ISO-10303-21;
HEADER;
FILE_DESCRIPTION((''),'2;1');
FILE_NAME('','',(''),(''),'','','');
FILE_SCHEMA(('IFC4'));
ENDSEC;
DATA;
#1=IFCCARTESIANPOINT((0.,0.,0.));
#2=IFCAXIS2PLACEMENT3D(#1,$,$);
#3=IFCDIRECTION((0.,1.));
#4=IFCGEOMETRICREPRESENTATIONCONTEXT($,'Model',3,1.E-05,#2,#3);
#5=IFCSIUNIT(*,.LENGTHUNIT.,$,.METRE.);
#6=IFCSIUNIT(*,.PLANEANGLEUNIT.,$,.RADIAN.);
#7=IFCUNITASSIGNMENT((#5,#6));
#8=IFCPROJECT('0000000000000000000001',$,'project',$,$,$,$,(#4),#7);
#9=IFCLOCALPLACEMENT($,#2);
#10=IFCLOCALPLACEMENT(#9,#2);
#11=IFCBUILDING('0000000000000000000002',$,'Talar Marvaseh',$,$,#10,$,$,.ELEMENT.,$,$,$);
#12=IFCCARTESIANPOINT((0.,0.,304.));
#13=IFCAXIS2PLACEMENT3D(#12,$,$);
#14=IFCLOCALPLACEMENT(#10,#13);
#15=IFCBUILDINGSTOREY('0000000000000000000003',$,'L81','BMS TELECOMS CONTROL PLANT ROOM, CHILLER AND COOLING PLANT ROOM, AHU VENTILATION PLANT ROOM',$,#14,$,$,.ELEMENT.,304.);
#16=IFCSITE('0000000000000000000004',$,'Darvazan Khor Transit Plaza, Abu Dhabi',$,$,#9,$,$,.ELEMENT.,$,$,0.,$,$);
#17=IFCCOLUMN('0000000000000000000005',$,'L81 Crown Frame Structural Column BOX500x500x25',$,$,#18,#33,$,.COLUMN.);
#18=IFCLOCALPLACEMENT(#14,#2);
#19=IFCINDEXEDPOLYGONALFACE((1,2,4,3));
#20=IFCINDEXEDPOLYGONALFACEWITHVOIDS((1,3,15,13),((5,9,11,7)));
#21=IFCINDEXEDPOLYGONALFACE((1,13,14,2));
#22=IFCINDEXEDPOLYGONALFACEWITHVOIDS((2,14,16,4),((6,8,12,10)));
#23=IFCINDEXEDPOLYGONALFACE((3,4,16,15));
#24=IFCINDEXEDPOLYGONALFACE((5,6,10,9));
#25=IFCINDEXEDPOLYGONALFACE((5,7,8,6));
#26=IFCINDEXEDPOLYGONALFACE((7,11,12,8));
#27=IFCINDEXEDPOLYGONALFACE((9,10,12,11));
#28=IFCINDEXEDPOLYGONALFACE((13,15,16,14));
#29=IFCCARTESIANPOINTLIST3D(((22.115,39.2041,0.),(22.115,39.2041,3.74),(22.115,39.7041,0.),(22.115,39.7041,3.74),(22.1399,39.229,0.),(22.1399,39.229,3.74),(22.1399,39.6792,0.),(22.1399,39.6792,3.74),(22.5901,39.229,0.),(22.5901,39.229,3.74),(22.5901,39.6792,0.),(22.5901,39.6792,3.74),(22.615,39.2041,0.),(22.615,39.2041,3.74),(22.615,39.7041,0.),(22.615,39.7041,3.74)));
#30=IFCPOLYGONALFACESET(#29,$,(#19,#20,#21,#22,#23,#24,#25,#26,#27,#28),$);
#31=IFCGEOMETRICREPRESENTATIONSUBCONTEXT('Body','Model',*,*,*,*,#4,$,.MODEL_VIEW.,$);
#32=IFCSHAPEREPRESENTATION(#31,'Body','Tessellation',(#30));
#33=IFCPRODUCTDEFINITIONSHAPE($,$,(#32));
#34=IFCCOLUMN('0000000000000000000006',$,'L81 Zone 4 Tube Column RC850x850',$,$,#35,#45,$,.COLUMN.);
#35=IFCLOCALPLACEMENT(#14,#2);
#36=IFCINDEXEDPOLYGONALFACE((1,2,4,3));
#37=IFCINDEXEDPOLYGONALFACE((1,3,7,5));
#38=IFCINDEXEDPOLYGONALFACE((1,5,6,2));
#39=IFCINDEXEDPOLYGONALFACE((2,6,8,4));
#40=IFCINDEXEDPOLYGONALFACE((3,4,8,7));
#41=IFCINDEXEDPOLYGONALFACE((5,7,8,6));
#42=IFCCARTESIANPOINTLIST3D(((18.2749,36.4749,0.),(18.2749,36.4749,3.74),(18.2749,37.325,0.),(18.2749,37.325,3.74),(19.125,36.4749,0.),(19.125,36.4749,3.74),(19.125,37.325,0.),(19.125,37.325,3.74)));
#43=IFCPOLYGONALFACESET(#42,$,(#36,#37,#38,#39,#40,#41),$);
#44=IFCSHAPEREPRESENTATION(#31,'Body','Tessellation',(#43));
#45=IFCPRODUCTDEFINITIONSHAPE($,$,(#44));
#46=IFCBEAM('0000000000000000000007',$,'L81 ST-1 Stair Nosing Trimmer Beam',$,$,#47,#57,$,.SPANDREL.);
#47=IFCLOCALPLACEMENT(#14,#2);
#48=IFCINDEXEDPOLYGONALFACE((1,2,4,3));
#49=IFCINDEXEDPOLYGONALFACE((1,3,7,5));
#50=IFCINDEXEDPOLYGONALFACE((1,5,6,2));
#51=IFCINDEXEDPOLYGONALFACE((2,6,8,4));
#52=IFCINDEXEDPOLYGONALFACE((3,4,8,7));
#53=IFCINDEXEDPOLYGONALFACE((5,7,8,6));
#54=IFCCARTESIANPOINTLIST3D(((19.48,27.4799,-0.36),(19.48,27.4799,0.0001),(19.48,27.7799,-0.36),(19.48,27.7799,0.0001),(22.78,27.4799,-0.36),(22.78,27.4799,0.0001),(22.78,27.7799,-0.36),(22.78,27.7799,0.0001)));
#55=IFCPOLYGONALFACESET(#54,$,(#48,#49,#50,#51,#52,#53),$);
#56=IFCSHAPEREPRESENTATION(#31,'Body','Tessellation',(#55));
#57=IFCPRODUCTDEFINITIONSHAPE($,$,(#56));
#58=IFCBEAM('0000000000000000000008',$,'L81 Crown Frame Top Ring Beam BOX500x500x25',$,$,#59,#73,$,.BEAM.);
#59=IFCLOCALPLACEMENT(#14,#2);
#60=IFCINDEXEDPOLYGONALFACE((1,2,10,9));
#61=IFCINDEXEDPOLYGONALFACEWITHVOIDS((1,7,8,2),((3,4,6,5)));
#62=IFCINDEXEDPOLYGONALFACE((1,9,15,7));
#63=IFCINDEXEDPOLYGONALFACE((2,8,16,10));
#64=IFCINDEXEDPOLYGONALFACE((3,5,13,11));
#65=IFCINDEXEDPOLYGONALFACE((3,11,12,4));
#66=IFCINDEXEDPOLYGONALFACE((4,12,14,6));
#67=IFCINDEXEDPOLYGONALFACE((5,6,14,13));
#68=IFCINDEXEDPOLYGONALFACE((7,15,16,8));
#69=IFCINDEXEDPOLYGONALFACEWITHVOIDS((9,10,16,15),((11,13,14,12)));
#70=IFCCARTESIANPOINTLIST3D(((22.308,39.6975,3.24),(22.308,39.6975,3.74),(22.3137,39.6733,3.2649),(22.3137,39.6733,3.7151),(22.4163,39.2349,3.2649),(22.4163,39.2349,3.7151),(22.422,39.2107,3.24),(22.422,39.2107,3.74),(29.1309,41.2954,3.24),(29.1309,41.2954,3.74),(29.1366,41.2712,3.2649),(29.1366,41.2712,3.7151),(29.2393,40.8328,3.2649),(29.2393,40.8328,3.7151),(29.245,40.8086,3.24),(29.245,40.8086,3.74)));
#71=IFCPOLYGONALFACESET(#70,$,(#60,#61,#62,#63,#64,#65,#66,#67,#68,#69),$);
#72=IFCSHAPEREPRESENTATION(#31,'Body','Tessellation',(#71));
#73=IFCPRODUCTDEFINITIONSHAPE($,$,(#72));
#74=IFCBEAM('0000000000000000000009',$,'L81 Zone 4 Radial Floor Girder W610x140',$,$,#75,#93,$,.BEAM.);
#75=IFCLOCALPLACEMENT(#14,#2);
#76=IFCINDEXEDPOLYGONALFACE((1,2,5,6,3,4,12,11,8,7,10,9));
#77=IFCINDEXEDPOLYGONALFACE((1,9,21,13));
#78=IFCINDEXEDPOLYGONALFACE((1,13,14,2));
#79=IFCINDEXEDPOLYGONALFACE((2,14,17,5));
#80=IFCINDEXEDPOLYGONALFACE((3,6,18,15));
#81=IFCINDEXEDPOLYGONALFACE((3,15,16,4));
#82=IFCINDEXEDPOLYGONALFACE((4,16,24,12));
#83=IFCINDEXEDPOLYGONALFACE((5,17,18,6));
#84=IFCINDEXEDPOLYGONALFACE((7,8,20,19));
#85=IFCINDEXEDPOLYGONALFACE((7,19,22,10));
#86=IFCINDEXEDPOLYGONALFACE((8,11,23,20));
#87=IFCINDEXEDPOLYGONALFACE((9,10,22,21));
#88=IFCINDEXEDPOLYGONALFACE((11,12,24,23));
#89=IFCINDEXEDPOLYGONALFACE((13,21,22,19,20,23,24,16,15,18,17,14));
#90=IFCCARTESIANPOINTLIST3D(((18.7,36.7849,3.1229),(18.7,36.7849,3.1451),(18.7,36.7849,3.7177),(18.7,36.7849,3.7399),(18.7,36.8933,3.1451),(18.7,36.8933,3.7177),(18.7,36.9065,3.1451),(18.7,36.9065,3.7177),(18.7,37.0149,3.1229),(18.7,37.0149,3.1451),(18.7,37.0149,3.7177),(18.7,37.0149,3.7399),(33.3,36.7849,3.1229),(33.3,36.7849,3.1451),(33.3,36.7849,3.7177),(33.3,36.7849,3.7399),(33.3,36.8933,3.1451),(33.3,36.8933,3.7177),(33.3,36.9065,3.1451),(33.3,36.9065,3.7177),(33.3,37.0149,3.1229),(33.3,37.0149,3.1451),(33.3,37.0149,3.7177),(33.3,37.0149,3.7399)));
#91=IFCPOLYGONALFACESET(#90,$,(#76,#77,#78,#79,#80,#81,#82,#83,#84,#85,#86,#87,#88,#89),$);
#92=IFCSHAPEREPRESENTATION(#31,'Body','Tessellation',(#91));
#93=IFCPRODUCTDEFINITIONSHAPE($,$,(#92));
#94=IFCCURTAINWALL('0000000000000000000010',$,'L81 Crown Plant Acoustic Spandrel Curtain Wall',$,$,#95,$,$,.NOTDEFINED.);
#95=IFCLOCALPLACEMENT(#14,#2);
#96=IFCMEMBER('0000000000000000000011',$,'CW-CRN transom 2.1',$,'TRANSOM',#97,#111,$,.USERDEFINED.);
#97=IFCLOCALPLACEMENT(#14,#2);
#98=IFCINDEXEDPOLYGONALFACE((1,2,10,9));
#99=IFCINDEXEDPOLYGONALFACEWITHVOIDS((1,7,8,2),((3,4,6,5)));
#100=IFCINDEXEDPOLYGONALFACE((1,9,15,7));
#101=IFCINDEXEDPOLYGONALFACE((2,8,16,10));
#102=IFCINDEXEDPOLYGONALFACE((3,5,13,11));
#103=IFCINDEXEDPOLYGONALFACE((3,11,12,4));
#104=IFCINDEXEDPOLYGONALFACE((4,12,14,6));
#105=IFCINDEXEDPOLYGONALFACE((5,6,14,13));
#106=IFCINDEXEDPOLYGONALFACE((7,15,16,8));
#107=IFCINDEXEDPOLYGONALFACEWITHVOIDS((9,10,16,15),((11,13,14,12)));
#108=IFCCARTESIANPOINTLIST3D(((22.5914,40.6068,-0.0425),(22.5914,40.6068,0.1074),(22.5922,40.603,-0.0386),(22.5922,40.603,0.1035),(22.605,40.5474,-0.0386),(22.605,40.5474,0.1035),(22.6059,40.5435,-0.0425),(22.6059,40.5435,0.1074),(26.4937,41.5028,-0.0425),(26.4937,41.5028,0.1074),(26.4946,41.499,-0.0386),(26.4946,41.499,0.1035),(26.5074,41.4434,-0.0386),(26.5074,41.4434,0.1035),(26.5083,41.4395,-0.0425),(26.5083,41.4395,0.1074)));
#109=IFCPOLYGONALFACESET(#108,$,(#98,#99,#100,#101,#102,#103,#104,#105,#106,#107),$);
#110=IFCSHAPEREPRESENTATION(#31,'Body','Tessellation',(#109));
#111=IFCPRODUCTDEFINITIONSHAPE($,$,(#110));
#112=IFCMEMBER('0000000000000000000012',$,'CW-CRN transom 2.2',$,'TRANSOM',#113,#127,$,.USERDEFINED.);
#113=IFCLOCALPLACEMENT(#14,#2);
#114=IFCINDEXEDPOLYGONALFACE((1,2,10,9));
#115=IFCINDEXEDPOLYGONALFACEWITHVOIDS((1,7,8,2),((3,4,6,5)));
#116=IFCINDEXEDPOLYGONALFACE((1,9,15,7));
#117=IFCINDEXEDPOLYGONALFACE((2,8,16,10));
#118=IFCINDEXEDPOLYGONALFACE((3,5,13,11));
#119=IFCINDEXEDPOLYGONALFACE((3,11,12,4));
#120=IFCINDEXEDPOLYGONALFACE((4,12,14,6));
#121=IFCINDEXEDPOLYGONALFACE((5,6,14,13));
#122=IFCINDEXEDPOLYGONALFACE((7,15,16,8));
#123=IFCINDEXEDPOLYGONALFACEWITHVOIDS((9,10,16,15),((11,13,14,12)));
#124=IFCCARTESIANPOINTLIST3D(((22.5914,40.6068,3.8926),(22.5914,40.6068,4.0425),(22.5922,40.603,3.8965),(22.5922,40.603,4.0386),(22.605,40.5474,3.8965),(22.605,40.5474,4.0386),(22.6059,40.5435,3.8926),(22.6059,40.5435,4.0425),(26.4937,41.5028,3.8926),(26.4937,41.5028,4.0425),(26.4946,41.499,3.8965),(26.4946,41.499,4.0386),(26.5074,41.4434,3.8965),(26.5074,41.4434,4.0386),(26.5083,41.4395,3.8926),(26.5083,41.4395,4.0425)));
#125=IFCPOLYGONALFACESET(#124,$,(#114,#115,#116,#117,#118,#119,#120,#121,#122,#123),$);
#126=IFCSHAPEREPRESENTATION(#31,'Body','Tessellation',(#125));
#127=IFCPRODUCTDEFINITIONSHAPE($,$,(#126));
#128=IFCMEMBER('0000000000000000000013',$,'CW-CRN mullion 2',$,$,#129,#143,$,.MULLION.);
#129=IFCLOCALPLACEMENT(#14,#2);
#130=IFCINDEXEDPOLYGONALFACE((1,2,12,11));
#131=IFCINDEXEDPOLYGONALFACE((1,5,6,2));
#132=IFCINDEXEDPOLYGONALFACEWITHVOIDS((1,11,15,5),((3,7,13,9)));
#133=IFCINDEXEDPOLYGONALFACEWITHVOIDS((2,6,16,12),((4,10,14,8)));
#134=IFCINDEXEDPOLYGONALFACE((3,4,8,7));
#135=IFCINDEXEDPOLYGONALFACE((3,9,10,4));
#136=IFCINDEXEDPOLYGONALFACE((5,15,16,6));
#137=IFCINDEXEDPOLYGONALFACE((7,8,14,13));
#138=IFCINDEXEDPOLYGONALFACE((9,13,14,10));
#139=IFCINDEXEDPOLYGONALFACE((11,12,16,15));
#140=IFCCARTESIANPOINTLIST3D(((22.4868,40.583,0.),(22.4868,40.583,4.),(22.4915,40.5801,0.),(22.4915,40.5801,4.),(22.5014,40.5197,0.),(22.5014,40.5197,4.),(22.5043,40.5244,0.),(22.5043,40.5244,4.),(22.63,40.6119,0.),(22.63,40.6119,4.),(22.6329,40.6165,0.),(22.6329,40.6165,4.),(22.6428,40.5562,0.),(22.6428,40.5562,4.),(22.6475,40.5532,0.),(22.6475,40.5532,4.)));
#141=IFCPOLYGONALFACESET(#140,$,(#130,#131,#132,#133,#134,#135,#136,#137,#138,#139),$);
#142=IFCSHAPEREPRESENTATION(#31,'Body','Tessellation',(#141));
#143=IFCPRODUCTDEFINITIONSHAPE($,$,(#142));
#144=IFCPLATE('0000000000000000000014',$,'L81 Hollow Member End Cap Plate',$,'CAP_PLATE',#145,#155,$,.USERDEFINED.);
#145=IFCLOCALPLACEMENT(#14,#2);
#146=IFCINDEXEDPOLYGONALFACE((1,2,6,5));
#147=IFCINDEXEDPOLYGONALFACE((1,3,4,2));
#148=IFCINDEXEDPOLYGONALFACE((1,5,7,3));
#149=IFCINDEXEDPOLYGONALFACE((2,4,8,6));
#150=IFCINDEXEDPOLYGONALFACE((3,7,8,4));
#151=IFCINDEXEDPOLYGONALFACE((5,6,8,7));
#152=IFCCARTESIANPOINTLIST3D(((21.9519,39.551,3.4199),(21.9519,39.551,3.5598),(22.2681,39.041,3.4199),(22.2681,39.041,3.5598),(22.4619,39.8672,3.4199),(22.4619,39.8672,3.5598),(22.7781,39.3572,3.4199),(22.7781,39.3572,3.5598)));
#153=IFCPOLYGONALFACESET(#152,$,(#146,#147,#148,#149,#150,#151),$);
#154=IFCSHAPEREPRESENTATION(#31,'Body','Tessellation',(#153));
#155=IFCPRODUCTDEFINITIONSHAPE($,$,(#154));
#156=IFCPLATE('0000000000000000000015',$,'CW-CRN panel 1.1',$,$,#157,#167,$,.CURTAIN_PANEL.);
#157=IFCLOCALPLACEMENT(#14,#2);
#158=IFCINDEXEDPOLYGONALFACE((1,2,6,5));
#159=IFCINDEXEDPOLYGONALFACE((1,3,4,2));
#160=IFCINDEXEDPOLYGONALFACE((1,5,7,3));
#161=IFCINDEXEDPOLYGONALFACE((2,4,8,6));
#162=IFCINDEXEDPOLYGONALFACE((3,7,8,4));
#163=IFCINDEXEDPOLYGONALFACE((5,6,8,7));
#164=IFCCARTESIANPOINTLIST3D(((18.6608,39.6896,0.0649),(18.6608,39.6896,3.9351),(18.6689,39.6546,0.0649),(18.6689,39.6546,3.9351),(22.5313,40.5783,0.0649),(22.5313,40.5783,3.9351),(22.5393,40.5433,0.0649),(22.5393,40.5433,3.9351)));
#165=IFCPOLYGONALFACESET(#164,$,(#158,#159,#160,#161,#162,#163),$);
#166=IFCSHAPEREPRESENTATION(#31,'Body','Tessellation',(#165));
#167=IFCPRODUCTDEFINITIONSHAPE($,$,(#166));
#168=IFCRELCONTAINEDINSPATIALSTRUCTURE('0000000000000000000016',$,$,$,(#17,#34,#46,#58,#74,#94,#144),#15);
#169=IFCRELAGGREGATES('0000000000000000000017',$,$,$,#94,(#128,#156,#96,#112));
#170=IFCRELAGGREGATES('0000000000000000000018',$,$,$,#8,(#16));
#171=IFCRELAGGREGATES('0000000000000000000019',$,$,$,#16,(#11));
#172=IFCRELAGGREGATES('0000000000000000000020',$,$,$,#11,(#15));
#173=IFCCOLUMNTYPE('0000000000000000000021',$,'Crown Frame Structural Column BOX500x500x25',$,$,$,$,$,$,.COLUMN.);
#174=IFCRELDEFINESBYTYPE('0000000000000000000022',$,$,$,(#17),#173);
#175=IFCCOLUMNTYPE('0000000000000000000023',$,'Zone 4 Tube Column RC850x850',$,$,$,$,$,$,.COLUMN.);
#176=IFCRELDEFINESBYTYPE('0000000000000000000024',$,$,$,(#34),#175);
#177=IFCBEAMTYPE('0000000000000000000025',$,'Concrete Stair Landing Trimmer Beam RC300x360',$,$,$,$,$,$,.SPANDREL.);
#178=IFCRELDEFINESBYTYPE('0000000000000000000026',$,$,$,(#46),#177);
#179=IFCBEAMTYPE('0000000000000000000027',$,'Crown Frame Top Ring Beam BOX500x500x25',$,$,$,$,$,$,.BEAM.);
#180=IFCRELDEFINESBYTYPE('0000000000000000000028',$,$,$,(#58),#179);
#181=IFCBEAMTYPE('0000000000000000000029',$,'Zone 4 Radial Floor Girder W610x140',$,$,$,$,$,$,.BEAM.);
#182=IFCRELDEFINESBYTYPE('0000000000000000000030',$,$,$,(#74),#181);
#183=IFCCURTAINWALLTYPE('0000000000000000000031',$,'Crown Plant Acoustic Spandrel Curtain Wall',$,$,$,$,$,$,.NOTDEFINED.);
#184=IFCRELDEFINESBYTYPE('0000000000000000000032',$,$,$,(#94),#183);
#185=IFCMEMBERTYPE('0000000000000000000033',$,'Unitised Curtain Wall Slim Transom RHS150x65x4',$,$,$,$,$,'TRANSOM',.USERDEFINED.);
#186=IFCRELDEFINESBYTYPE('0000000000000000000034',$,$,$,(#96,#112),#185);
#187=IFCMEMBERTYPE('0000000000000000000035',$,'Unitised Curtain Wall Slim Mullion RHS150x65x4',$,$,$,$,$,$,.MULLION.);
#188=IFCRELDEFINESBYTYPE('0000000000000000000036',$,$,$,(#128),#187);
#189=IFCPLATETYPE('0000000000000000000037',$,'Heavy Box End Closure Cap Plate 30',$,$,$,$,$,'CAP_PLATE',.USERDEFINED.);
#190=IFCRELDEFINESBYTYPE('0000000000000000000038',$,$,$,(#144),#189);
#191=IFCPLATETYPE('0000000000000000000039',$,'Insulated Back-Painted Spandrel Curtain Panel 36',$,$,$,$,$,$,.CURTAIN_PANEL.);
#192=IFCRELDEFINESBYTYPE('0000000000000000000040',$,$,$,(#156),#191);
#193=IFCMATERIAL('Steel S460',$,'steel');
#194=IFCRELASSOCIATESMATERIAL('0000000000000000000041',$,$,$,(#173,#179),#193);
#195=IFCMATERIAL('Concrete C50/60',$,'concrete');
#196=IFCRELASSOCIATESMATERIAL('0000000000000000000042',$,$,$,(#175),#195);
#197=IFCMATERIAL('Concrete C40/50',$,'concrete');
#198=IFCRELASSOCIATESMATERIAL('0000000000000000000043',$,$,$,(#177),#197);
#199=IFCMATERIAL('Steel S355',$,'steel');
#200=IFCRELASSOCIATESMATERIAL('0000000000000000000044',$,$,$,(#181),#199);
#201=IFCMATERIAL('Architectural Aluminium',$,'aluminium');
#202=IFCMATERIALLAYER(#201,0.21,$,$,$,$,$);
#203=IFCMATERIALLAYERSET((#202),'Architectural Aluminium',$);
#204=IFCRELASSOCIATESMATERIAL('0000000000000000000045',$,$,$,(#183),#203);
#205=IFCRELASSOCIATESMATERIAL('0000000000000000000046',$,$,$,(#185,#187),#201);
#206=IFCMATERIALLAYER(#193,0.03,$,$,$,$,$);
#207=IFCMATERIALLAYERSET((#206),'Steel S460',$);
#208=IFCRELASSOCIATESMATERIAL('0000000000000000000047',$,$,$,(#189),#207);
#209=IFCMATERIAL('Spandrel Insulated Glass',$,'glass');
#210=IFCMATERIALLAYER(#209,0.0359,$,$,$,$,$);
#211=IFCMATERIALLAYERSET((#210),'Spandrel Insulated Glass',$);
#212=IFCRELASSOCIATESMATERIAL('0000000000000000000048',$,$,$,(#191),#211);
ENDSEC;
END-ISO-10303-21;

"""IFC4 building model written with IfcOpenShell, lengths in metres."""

from ifc_helpers import new_model, si_unit, direction, frame, origin, origin_2d, place, context, subcontext, project, spatial, rectangle, hollow_rectangle, i_section, extrude, source, transform, mapped, material, layer, layer_set, material_profile, profile_set, type_object, type_shapes, element, aggregate, save


model = new_model("IFC4")

# Units and contexts
model_context = context("Model", 3, precision=1e-05, world=origin(), true_north=direction((0.0, 1.0)))
body_context = subcontext(model_context, "Body", "Model", "MODEL_VIEW")
ifc_project = project(units=[si_unit("LENGTHUNIT", "METRE"), si_unit("PLANEANGLEUNIT", "RADIAN")], contexts=[model_context])

# Site, building, storey
site_placement = place(None, origin())
site = spatial("IfcSite", under=ifc_project, at=site_placement, Name="Darvazan Khor Transit Plaza, Abu Dhabi", CompositionType="ELEMENT", RefElevation=0.0)
building_placement = place(site_placement, origin())
building = spatial("IfcBuilding", under=site, at=building_placement, Name="Talar Marvaseh", CompositionType="ELEMENT")
storey_placement = place(building_placement, frame((0.0, 0.0, 304.0)))
storey = spatial("IfcBuildingStorey", under=building, at=storey_placement, Name="L81", Description="BMS TELECOMS CONTROL PLANT ROOM, CHILLER AND COOLING PLANT ROOM, AHU VENTILATION PLANT ROOM", CompositionType="ELEMENT", Elevation=304.0)

# Columns
ifc_material_1 = material(Name="Steel S460", Category="steel")
ifc_material_profile_1 = material_profile(ifc_material_1, hollow_rectangle(XDim=0.5, YDim=0.5, WallThickness=0.0249, at=origin_2d()), Name="BOX500x500x25")
ifc_profile_set_1 = profile_set([ifc_material_profile_1], Name="Steel S460")
column_type_1 = type_object("IfcColumnType", Name="Crown Frame Structural Column BOX500x500x25", PredefinedType="COLUMN", material=ifc_profile_set_1)
column_1_placement = place(storey_placement, frame((22.365, 39.4541, 0.0), z_axis=(0.0, 0.0, 1.0), x_axis=(1.0, 0.0, 0.0)))
element("IfcColumn", 1, at=column_1_placement, inside=storey, type_object=column_type_1, Name="L81 Crown Frame Structural Column BOX500x500x25", PredefinedType="COLUMN", context=body_context, shape_type="SweptSolid", body=[
    extrude(hollow_rectangle(XDim=0.5, YDim=0.5, WallThickness=0.0249, at=origin_2d()), origin(), (0.0, 0.0, 1.0), 3.74),
])
ifc_material_2 = material(Name="Concrete C50/60", Category="concrete")
ifc_material_profile_2 = material_profile(ifc_material_2, rectangle(XDim=0.8501, YDim=0.8501, at=origin_2d()), Name="RC850x850")
ifc_profile_set_2 = profile_set([ifc_material_profile_2], Name="Concrete C50/60")
column_type_2 = type_object("IfcColumnType", Name="Zone 4 Tube Column RC850x850", PredefinedType="COLUMN", material=ifc_profile_set_2)
column_2_placement = place(storey_placement, frame((18.7, 36.8999, 0.0), z_axis=(0.0, 0.0, 1.0), x_axis=(1.0, 0.0, 0.0)))
element("IfcColumn", 2, at=column_2_placement, inside=storey, type_object=column_type_2, Name="L81 Zone 4 Tube Column RC850x850", PredefinedType="COLUMN", context=body_context, shape_type="SweptSolid", body=[
    extrude(rectangle(XDim=0.8501, YDim=0.8501, at=origin_2d()), origin(), (0.0, 0.0, 1.0), 3.74),
])

# Beams
ifc_material_3 = material(Name="Concrete C40/50", Category="concrete")
ifc_material_profile_3 = material_profile(ifc_material_3, rectangle(XDim=0.3, YDim=0.3601, at=origin_2d()), Name="RC300x360")
ifc_profile_set_3 = profile_set([ifc_material_profile_3], Name="Concrete C40/50")
beam_type_1 = type_object("IfcBeamType", Name="Concrete Stair Landing Trimmer Beam RC300x360", PredefinedType="SPANDREL", material=ifc_profile_set_3)
beam_1_placement = place(storey_placement, frame((22.78, 27.6299, -0.1799), z_axis=(-1.0, 0.0, 0.0), x_axis=(0.0, -1.0, 0.0)))
element("IfcBeam", 3, at=beam_1_placement, inside=storey, type_object=beam_type_1, Name="L81 ST-1 Stair Nosing Trimmer Beam", PredefinedType="SPANDREL", context=body_context, shape_type="SweptSolid", body=[
    extrude(rectangle(XDim=0.3, YDim=0.3601, at=origin_2d()), origin(), (0.0, 0.0, 1.0), 3.3),
])
ifc_material_profile_4 = material_profile(ifc_material_1, hollow_rectangle(XDim=0.5, YDim=0.5, WallThickness=0.0249, at=origin_2d()), Name="BOX500x500x25")
ifc_profile_set_4 = profile_set([ifc_material_profile_4], Name="Steel S460")
beam_type_2 = type_object("IfcBeamType", Name="Crown Frame Top Ring Beam BOX500x500x25", PredefinedType="BEAM", material=ifc_profile_set_4)
beam_2_placement = place(storey_placement, frame((22.365, 39.4541, 3.49), z_axis=(0.973656, 0.228024, 0.0), x_axis=(-0.228024, 0.973656, 0.0)))
element("IfcBeam", 4, at=beam_2_placement, inside=storey, type_object=beam_type_2, Name="L81 Crown Frame Top Ring Beam BOX500x500x25", PredefinedType="BEAM", context=body_context, shape_type="SweptSolid", body=[
    extrude(hollow_rectangle(XDim=0.5, YDim=0.5, WallThickness=0.0249, at=origin_2d()), origin(), (0.0, 0.0, 1.0), 7.0076),
])
ifc_material_4 = material(Name="Steel S355", Category="steel")
ifc_material_profile_5 = material_profile(ifc_material_4, i_section(OverallWidth=0.23, OverallDepth=0.6169, WebThickness=0.0132, FlangeThickness=0.0222, at=origin_2d()), Name="W610x140")
ifc_profile_set_5 = profile_set([ifc_material_profile_5], Name="Steel S355")
beam_type_3 = type_object("IfcBeamType", Name="Zone 4 Radial Floor Girder W610x140", PredefinedType="BEAM", material=ifc_profile_set_5)
beam_3_placement = place(storey_placement, frame((18.7, 36.8999, 3.4314), z_axis=(1.0, 0.0, 0.0), x_axis=(0.0, 1.0, 0.0)))
element("IfcBeam", 5, at=beam_3_placement, inside=storey, type_object=beam_type_3, Name="L81 Zone 4 Radial Floor Girder W610x140", PredefinedType="BEAM", context=body_context, shape_type="SweptSolid", body=[
    extrude(i_section(OverallWidth=0.23, OverallDepth=0.6169, WebThickness=0.0132, FlangeThickness=0.0222, at=origin_2d()), origin(), (0.0, 0.0, 1.0), 14.6001),
])

# Curtain wall, members
ifc_material_5 = material(Name="Architectural Aluminium", Category="aluminium")
ifc_layer_1 = layer(ifc_material_5, 0.21)
ifc_layer_set_1 = layer_set([ifc_layer_1], Name="Architectural Aluminium")
curtain_wall_type = type_object("IfcCurtainWallType", Name="Crown Plant Acoustic Spandrel Curtain Wall", PredefinedType="NOTDEFINED", material=ifc_layer_set_1)
curtain_wall_placement = place(storey_placement, origin())
curtain_wall = element("IfcCurtainWall", 6, at=curtain_wall_placement, inside=storey, type_object=curtain_wall_type, Name="L81 Crown Plant Acoustic Spandrel Curtain Wall", PredefinedType="NOTDEFINED")
ifc_material_profile_6 = material_profile(ifc_material_5, hollow_rectangle(XDim=0.0649, YDim=0.1499, WallThickness=0.0039, at=origin_2d()), Name="RHS150x65x4")
ifc_profile_set_6 = profile_set([ifc_material_profile_6], Name="Architectural Aluminium")
member_type_1 = type_object("IfcMemberType", Name="Unitised Curtain Wall Slim Transom RHS150x65x4", ElementType="TRANSOM", PredefinedType="USERDEFINED", material=ifc_profile_set_6)
shared_shape_1 = source(origin(), body_context, "Body", "SweptSolid", [
    extrude(hollow_rectangle(XDim=0.0649, YDim=0.1499, WallThickness=0.0039, at=origin_2d()), origin(), (0.0, 0.0, 1.0), 4.0039),
])
type_shapes(member_type_1, [shared_shape_1])
member_1_placement = place(storey_placement, frame((22.5986, 40.5752, 0.0325), z_axis=(0.974639, 0.223782, 0.0), x_axis=(-0.223782, 0.974639, 0.0)))
member_1 = element("IfcMember", 7, at=member_1_placement, type_object=member_type_1, Name="CW-CRN transom 2.1", ObjectType="TRANSOM", PredefinedType="USERDEFINED", context=body_context, shape_type="MappedRepresentation", body=[
    mapped(shared_shape_1, transform((0.0, 0.0, 0.0), x_axis=(1.0, 0.0, 0.0), y_axis=(0.0, 1.0, 0.0), z_axis=(0.0, 0.0, 1.0), scale=1.0)),
])
member_2_placement = place(storey_placement, frame((22.5986, 40.5752, 3.9675), z_axis=(0.974639, 0.223782, 0.0), x_axis=(-0.223782, 0.974639, 0.0)))
member_2 = element("IfcMember", 8, at=member_2_placement, type_object=member_type_1, Name="CW-CRN transom 2.2", ObjectType="TRANSOM", PredefinedType="USERDEFINED", context=body_context, shape_type="MappedRepresentation", body=[
    mapped(shared_shape_1, transform((0.0, 0.0, 0.0), x_axis=(1.0, 0.0, 0.0), y_axis=(0.0, 1.0, 0.0), z_axis=(0.0, 0.0, 1.0), scale=1.0)),
])
ifc_material_profile_7 = material_profile(ifc_material_5, hollow_rectangle(XDim=0.0649, YDim=0.1499, WallThickness=0.0039, at=origin_2d()), Name="RHS150x65x4")
ifc_profile_set_7 = profile_set([ifc_material_profile_7], Name="Architectural Aluminium")
member_type_2 = type_object("IfcMemberType", Name="Unitised Curtain Wall Slim Mullion RHS150x65x4", PredefinedType="MULLION", material=ifc_profile_set_7)
shared_shape_2 = source(origin(), body_context, "Body", "SweptSolid", [
    extrude(hollow_rectangle(XDim=0.0649, YDim=0.1499, WallThickness=0.0039, at=origin_2d()), origin(), (0.0, 0.0, 1.0), 4.0),
])
type_shapes(member_type_2, [shared_shape_2])
member_3_placement = place(storey_placement, frame((22.5671, 40.5681, 0.0), z_axis=(0.0, 0.0, 1.0), x_axis=(-0.223792, 0.974637, 0.0)))
member_3 = element("IfcMember", 9, at=member_3_placement, type_object=member_type_2, Name="CW-CRN mullion 2", PredefinedType="MULLION", context=body_context, shape_type="MappedRepresentation", body=[
    mapped(shared_shape_2, transform((0.0, 0.0, 0.0), x_axis=(1.0, 0.0, 0.0), y_axis=(0.0, 1.0, 0.0), z_axis=(0.0, 0.0, 1.0), scale=1.0)),
])

# Plates
ifc_layer_2 = layer(ifc_material_1, 0.03)
ifc_layer_set_2 = layer_set([ifc_layer_2], Name="Steel S460")
plate_type_1 = type_object("IfcPlateType", Name="Heavy Box End Closure Cap Plate 30", ElementType="CAP_PLATE", PredefinedType="USERDEFINED", material=ifc_layer_set_2)
shared_shape_3 = source(origin(), body_context, "Body", "SweptSolid", [
    extrude(rectangle(XDim=0.6001, YDim=0.6001, at=origin_2d()), origin(), (0.0, 0.0, 1.0), 0.1399),
])
type_shapes(plate_type_1, [shared_shape_3])
plate_1_placement = place(storey_placement, frame((22.365, 39.4541, 3.4199), z_axis=(0.0, 0.0, 1.0), x_axis=(0.849893, 0.526956, 0.0)))
element("IfcPlate", 10, at=plate_1_placement, inside=storey, type_object=plate_type_1, Name="L81 Hollow Member End Cap Plate", ObjectType="CAP_PLATE", PredefinedType="USERDEFINED", context=body_context, shape_type="MappedRepresentation", body=[
    mapped(shared_shape_3, transform((0.0, 0.0, 0.0), x_axis=(1.0, 0.0, 0.0), y_axis=(0.0, 1.0, 0.0), z_axis=(0.0, 0.0, 1.0), scale=1.0)),
])
ifc_material_6 = material(Name="Spandrel Insulated Glass", Category="glass")
ifc_layer_3 = layer(ifc_material_6, 0.0359)
ifc_layer_set_3 = layer_set([ifc_layer_3], Name="Spandrel Insulated Glass")
plate_type_2 = type_object("IfcPlateType", Name="Insulated Back-Painted Spandrel Curtain Panel 36", PredefinedType="CURTAIN_PANEL", material=ifc_layer_set_3)
shared_shape_4 = source(origin(), body_context, "Body", "SweptSolid", [
    extrude(rectangle(XDim=3.9712, YDim=0.0359, at=origin_2d()), origin(), (0.0, 0.0, 1.0), 3.8701),
])
plate_2_placement = place(storey_placement, frame((20.6001, 40.1165, 0.0649), z_axis=(0.0, 0.0, 1.0), x_axis=(0.974637, 0.223792, 0.0)))
plate_2 = element("IfcPlate", 11, at=plate_2_placement, type_object=plate_type_2, Name="CW-CRN panel 1.1", PredefinedType="CURTAIN_PANEL", context=body_context, shape_type="MappedRepresentation", body=[
    mapped(shared_shape_4, transform((0.0, 0.0, 0.0), x_axis=(1.0, 0.0, 0.0), y_axis=(0.0, 1.0, 0.0), z_axis=(0.0, 0.0, 1.0), scale=1.0)),
])
aggregate(curtain_wall, [member_3, plate_2, member_1, member_2])

save(model, "model.ifc")
